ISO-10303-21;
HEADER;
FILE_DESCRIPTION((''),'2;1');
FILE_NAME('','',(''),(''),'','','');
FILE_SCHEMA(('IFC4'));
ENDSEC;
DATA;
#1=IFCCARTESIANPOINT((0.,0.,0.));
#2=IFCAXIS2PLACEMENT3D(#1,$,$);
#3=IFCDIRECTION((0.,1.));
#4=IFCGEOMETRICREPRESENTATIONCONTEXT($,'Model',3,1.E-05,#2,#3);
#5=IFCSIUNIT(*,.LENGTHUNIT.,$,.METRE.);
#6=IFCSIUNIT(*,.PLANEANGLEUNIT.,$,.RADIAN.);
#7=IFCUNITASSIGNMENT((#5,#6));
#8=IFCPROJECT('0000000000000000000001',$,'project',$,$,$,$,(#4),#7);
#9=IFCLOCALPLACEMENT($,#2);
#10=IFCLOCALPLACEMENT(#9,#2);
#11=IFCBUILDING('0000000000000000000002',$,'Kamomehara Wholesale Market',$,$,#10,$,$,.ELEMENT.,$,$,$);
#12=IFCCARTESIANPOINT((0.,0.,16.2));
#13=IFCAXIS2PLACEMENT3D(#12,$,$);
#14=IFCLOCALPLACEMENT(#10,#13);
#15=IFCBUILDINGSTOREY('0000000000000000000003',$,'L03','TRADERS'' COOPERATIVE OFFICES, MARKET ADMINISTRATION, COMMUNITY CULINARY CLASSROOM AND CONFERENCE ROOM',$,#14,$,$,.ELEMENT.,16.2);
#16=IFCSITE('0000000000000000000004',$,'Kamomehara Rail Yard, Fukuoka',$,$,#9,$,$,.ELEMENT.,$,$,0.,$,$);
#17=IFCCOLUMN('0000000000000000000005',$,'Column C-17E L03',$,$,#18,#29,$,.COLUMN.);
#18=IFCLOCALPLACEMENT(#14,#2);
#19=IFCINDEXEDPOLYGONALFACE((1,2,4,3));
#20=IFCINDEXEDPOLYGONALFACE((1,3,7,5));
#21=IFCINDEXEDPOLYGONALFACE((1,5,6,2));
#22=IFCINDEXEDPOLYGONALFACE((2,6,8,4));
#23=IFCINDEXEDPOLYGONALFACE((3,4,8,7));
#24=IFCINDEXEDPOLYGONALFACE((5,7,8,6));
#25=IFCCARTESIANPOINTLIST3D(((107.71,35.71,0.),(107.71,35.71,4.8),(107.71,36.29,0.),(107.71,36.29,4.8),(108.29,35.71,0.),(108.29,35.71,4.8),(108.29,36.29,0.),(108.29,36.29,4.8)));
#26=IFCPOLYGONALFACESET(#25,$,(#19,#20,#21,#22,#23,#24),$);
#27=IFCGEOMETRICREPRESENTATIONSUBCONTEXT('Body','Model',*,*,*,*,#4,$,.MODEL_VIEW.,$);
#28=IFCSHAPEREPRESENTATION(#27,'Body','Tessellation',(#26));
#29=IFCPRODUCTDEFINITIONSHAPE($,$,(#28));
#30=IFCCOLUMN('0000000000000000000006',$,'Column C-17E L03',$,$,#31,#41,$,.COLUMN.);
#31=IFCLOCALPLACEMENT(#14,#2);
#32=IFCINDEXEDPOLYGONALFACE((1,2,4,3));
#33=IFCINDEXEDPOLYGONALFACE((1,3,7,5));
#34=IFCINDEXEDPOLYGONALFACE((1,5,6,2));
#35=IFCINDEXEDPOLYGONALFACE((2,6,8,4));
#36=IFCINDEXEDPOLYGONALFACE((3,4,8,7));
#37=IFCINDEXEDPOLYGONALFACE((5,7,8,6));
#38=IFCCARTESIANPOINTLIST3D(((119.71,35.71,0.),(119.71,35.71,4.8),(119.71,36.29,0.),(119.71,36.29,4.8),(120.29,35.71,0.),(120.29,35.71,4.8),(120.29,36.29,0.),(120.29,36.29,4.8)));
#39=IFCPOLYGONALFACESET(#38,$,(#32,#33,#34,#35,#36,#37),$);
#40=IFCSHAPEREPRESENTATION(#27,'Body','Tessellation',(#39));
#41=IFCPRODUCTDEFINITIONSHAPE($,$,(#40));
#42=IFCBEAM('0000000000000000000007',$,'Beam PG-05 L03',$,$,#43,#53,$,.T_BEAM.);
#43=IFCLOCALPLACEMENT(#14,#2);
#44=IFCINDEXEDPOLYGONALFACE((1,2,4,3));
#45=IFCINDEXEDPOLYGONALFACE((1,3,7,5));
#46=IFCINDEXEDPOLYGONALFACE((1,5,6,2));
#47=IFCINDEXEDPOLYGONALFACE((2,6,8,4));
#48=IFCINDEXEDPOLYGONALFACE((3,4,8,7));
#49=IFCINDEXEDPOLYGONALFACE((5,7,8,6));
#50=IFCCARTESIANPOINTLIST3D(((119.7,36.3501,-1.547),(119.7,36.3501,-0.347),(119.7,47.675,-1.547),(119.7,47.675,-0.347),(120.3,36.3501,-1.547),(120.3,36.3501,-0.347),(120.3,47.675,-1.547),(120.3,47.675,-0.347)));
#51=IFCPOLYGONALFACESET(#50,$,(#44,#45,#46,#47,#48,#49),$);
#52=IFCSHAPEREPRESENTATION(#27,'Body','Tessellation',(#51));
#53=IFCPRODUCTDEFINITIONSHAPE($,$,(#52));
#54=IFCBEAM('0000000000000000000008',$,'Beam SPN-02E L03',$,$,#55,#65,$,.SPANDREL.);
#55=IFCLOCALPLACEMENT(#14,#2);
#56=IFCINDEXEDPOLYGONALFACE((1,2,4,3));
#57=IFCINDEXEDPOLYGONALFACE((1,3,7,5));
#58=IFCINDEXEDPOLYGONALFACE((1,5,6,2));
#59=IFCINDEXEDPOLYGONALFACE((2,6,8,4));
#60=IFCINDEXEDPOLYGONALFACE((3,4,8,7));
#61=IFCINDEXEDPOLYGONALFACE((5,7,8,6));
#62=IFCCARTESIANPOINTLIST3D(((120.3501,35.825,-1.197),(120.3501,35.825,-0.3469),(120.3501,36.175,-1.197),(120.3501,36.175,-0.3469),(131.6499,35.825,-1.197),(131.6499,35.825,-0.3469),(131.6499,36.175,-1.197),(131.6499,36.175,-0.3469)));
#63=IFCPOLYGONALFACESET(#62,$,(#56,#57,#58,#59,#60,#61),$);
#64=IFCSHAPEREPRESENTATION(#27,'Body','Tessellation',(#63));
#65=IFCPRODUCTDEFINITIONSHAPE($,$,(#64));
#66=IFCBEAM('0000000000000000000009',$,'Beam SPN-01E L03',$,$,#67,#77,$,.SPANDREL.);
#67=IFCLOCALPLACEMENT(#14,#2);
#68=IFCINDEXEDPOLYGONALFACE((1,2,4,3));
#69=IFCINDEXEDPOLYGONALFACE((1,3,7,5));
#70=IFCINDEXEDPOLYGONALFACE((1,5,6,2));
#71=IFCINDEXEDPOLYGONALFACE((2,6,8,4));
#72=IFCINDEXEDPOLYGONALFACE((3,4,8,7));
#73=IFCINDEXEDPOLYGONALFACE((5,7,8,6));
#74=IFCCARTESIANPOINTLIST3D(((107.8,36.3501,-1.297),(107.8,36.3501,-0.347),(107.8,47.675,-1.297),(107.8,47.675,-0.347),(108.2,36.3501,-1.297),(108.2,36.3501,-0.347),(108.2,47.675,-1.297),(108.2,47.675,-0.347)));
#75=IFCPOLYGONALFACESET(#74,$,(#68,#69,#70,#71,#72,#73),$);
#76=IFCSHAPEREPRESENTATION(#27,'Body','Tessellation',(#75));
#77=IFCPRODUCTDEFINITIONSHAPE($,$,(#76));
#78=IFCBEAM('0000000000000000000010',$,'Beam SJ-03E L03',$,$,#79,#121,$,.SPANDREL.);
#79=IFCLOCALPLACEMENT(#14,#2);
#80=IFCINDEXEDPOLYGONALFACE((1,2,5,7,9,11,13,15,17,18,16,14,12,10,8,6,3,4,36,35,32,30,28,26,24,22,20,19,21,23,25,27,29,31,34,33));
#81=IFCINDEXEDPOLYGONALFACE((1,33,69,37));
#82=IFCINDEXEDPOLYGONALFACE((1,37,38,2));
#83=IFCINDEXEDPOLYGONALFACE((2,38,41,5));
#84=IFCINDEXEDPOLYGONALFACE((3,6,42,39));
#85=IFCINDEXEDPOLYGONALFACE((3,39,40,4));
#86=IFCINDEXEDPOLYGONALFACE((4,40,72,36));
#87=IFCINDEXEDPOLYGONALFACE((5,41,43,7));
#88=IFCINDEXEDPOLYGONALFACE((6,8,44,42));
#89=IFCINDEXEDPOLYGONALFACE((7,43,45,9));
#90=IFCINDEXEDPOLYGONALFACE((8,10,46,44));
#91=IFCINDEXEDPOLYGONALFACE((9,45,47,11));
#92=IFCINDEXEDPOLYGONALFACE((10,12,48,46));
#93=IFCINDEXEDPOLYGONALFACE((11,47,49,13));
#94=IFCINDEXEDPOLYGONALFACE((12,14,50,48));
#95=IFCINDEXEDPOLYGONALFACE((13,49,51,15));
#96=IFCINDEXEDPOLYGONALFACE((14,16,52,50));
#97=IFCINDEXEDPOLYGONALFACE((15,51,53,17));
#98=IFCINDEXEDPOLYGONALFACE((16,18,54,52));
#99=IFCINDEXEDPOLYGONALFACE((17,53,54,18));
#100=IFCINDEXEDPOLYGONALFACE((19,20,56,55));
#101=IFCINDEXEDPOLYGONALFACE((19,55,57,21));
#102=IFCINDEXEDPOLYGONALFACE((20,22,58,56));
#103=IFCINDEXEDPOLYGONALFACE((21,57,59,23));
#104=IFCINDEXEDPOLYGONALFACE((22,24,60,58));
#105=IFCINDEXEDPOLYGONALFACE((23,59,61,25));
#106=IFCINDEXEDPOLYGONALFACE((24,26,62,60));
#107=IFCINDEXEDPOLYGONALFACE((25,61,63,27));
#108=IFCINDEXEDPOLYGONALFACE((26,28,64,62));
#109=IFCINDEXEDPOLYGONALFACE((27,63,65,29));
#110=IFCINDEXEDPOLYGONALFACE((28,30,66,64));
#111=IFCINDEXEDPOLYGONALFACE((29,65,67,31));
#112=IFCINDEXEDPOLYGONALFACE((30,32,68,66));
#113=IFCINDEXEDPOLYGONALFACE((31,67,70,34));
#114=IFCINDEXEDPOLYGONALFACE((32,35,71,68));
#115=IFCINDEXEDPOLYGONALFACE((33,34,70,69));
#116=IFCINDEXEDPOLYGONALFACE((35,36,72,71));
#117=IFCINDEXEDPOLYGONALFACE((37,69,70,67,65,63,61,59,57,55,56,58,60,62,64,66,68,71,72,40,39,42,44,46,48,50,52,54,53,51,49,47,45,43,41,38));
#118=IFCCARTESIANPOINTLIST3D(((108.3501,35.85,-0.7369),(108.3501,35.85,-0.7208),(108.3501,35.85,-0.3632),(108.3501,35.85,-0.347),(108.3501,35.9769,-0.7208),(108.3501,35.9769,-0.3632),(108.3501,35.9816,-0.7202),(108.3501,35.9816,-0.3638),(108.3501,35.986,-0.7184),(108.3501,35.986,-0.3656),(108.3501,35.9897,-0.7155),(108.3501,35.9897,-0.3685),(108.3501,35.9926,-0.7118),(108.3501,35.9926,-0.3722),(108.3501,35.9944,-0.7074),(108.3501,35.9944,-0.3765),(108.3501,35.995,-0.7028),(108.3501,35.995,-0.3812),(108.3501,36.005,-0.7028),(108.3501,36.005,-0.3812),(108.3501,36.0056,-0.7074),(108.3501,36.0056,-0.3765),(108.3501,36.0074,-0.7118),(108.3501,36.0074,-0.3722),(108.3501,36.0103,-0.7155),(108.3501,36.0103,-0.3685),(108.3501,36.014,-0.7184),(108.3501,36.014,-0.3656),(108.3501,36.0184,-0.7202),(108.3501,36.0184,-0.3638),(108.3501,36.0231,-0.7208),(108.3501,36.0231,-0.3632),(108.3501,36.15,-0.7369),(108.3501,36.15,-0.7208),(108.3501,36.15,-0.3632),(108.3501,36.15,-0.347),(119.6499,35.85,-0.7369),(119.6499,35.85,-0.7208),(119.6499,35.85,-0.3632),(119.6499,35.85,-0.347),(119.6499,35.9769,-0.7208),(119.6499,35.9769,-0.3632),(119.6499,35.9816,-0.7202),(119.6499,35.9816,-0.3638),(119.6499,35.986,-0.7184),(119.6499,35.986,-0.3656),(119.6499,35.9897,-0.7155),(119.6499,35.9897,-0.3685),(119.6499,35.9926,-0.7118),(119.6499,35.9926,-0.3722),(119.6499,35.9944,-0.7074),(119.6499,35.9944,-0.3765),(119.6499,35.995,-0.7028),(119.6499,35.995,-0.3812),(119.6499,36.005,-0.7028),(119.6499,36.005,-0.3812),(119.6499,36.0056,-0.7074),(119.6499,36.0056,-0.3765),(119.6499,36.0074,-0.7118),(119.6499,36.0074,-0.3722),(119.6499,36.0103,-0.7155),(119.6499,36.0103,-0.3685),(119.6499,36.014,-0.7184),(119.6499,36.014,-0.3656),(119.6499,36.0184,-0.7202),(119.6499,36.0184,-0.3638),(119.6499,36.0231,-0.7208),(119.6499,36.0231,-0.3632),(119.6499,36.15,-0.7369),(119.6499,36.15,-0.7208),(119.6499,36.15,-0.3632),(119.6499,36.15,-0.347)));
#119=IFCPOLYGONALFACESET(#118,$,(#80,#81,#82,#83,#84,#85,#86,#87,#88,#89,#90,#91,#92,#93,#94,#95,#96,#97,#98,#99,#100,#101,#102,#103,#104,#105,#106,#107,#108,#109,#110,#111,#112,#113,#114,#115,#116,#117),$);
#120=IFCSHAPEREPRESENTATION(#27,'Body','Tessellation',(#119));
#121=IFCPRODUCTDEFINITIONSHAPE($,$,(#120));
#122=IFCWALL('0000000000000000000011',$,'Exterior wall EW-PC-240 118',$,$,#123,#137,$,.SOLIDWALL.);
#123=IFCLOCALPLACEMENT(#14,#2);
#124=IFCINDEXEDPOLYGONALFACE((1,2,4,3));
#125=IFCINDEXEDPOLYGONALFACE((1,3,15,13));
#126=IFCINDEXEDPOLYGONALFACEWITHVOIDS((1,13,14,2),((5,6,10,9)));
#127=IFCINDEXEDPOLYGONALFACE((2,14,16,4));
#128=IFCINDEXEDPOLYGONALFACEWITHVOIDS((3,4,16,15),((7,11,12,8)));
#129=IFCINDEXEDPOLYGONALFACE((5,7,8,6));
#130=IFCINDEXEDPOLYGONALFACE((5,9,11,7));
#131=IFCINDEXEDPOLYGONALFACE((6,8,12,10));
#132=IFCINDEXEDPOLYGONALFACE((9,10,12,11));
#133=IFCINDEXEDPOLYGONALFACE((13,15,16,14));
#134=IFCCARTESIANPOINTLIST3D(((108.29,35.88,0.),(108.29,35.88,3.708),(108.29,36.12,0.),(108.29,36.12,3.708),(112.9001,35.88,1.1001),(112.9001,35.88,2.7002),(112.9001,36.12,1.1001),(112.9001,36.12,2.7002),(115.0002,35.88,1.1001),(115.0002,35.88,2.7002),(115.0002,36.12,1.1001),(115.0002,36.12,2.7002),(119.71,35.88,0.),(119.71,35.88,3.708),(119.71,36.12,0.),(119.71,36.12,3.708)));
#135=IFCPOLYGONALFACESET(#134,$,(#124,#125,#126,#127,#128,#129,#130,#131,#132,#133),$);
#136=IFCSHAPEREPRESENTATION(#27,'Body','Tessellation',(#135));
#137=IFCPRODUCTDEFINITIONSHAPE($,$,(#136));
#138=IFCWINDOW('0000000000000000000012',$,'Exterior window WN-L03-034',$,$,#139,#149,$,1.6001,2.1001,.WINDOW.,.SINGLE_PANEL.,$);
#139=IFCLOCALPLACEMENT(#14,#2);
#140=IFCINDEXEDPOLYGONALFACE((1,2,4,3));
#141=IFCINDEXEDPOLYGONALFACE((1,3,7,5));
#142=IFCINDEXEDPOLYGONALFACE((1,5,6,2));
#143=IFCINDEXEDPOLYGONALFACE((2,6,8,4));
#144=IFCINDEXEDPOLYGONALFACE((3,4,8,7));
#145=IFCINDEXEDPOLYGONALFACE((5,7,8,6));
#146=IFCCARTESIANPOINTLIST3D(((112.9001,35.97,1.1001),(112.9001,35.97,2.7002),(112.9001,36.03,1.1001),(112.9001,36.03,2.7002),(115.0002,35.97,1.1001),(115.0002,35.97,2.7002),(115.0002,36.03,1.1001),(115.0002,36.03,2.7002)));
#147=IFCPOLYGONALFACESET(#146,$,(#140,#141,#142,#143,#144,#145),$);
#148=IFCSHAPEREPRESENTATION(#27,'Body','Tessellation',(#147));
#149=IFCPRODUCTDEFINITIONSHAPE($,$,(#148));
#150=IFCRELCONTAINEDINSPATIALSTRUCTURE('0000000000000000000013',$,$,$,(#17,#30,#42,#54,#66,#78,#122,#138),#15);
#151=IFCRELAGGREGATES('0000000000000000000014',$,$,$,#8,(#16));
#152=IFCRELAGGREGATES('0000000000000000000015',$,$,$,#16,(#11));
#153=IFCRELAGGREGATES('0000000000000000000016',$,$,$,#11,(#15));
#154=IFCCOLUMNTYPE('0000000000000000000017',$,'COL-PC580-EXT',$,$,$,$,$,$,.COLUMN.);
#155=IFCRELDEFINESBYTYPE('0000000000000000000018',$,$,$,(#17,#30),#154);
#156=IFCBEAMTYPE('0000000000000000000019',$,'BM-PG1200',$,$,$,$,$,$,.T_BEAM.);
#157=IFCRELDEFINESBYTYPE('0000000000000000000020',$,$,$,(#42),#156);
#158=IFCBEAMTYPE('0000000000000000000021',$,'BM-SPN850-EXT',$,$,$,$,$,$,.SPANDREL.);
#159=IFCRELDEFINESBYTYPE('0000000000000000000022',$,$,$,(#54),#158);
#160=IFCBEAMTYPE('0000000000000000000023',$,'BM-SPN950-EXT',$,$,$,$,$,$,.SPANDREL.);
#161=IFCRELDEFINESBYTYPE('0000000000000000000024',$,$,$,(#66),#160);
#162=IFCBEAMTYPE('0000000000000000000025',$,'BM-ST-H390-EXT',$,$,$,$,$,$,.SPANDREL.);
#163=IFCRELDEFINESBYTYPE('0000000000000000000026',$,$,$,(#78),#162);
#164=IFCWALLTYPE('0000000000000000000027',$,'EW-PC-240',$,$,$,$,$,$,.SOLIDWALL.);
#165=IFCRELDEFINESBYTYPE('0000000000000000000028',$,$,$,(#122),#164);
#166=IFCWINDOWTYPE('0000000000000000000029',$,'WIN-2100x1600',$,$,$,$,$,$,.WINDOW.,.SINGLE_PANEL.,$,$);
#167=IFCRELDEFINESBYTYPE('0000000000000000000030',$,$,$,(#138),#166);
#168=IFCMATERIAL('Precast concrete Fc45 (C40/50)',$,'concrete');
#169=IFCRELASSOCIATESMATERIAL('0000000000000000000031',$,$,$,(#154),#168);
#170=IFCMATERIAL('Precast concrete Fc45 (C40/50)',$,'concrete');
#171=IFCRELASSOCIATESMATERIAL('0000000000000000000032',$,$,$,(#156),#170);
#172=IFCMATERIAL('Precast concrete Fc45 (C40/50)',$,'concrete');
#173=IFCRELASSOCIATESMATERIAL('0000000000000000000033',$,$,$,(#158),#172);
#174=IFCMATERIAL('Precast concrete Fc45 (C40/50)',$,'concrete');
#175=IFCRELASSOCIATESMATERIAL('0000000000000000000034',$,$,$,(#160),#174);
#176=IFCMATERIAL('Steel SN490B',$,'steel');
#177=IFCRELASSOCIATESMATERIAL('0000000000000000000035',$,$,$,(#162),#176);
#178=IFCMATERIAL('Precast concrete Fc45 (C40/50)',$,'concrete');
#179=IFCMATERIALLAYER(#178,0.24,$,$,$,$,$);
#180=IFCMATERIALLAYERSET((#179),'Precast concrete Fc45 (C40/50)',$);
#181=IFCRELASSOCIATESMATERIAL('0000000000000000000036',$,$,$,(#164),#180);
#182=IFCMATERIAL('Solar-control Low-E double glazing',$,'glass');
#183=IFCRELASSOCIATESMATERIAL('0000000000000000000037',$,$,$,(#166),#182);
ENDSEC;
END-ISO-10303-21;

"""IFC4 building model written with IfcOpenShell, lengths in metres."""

from ifc_helpers import new_model, si_unit, direction, frame, frame_2d, origin, origin_2d, place, context, subcontext, project, spatial, rectangle, i_section, extrude, material, layer, layer_set, material_profile, profile_set, type_object, element, fill, save


model = new_model("IFC4")

# Units and contexts
model_context = context("Model", 3, precision=1e-05, world=origin(), true_north=direction((0.0, 1.0)))
body_context = subcontext(model_context, "Body", "Model", "MODEL_VIEW")
ifc_project = project(units=[si_unit("LENGTHUNIT", "METRE"), si_unit("PLANEANGLEUNIT", "RADIAN")], contexts=[model_context])

# Site, building, storey
site_placement = place(None, origin())
site = spatial("IfcSite", under=ifc_project, at=site_placement, Name="Kamomehara Rail Yard, Fukuoka", CompositionType="ELEMENT", RefElevation=0.0)
building_placement = place(site_placement, origin())
building = spatial("IfcBuilding", under=site, at=building_placement, Name="Kamomehara Wholesale Market", CompositionType="ELEMENT")
storey_placement = place(building_placement, frame((0.0, 0.0, 16.2)))
storey = spatial("IfcBuildingStorey", under=building, at=storey_placement, Name="L03", Description="TRADERS' COOPERATIVE OFFICES, MARKET ADMINISTRATION, COMMUNITY CULINARY CLASSROOM AND CONFERENCE ROOM", CompositionType="ELEMENT", Elevation=16.2)

# Columns
ifc_material_1 = material(Name="Precast concrete Fc45 (C40/50)", Category="concrete")
ifc_material_profile_1 = material_profile(ifc_material_1, rectangle(XDim=0.5801, YDim=0.5801, at=origin_2d()), Name="PC-COL-580x580")
ifc_profile_set_1 = profile_set([ifc_material_profile_1], Name="Precast concrete Fc45 (C40/50)")
column_type = type_object("IfcColumnType", Name="COL-PC580-EXT", PredefinedType="COLUMN", material=ifc_profile_set_1)
for number, where, z_axis, x_axis, name in (
    (1, (108.0, 36.0, 0.0), (0.0, 0.0, 1.0), (1.0, 0.0, 0.0), "Column C-17E L03"),
    (2, (120.0, 36.0, 0.0), (0.0, 0.0, 1.0), (1.0, 0.0, 0.0), "Column C-17E L03"),
):
    element("IfcColumn", number, at=place(storey_placement, frame(where, z_axis=z_axis, x_axis=x_axis)), inside=storey, type_object=column_type, Name=name, PredefinedType="COLUMN", context=body_context, shape_type="SweptSolid", body=[
        extrude(rectangle(XDim=0.5801, YDim=0.5801, at=origin_2d()), origin(), (0.0, 0.0, 1.0), 4.8),
    ])

# Beams
ifc_material_2 = material(Name="Precast concrete Fc45 (C40/50)", Category="concrete")
ifc_material_profile_2 = material_profile(ifc_material_2, rectangle(XDim=0.6001, YDim=1.2, at=origin_2d()), Name="PC-GRD-600x1200")
ifc_profile_set_2 = profile_set([ifc_material_profile_2], Name="Precast concrete Fc45 (C40/50)")
beam_type_1 = type_object("IfcBeamType", Name="BM-PG1200", PredefinedType="T_BEAM", material=ifc_profile_set_2)
beam_1_placement = place(storey_placement, frame((120.0, 36.3501, -0.947), z_axis=(0.0, 1.0, 0.0), x_axis=(-1.0, 0.0, 0.0)))
element("IfcBeam", 3, at=beam_1_placement, inside=storey, type_object=beam_type_1, Name="Beam PG-05 L03", PredefinedType="T_BEAM", context=body_context, shape_type="SweptSolid", body=[
    extrude(rectangle(XDim=0.6001, YDim=1.2, at=origin_2d()), origin(), (0.0, 0.0, 1.0), 11.325),
])
ifc_material_3 = material(Name="Precast concrete Fc45 (C40/50)", Category="concrete")
ifc_material_profile_3 = material_profile(ifc_material_3, rectangle(XDim=0.3501, YDim=0.8501, at=origin_2d()), Name="PC-SPN-350x850")
ifc_profile_set_3 = profile_set([ifc_material_profile_3], Name="Precast concrete Fc45 (C40/50)")
beam_type_2 = type_object("IfcBeamType", Name="BM-SPN850-EXT", PredefinedType="SPANDREL", material=ifc_profile_set_3)
beam_2_placement = place(storey_placement, frame((120.3501, 36.0, -0.772), z_axis=(1.0, 0.0, 0.0), x_axis=(0.0, 1.0, 0.0)))
element("IfcBeam", 4, at=beam_2_placement, inside=storey, type_object=beam_type_2, Name="Beam SPN-02E L03", PredefinedType="SPANDREL", context=body_context, shape_type="SweptSolid", body=[
    extrude(rectangle(XDim=0.3501, YDim=0.8501, at=origin_2d()), origin(), (0.0, 0.0, 1.0), 11.2998),
])
ifc_material_4 = material(Name="Precast concrete Fc45 (C40/50)", Category="concrete")
ifc_material_profile_4 = material_profile(ifc_material_4, rectangle(XDim=0.3999, YDim=0.95, at=origin_2d()), Name="PC-SPN-400x950")
ifc_profile_set_4 = profile_set([ifc_material_profile_4], Name="Precast concrete Fc45 (C40/50)")
beam_type_3 = type_object("IfcBeamType", Name="BM-SPN950-EXT", PredefinedType="SPANDREL", material=ifc_profile_set_4)
beam_3_placement = place(storey_placement, frame((108.0, 36.3501, -0.822), z_axis=(0.0, 1.0, 0.0), x_axis=(-1.0, 0.0, 0.0)))
element("IfcBeam", 5, at=beam_3_placement, inside=storey, type_object=beam_type_3, Name="Beam SPN-01E L03", PredefinedType="SPANDREL", context=body_context, shape_type="SweptSolid", body=[
    extrude(rectangle(XDim=0.3999, YDim=0.95, at=origin_2d()), origin(), (0.0, 0.0, 1.0), 11.325),
])
ifc_material_5 = material(Name="Steel SN490B", Category="steel")
ifc_material_profile_5 = material_profile(ifc_material_5, i_section(OverallWidth=0.3, OverallDepth=0.3899, WebThickness=0.01, FlangeThickness=0.0161, FilletRadius=0.0181, at=origin_2d()), Name="H-390x300x10x16")
ifc_profile_set_5 = profile_set([ifc_material_profile_5], Name="Steel SN490B")
beam_type_4 = type_object("IfcBeamType", Name="BM-ST-H390-EXT", PredefinedType="SPANDREL", material=ifc_profile_set_5)
beam_4_placement = place(storey_placement, frame((108.3501, 36.0, -0.542), z_axis=(1.0, 0.0, 0.0), x_axis=(0.0, 1.0, 0.0)))
element("IfcBeam", 6, at=beam_4_placement, inside=storey, type_object=beam_type_4, Name="Beam SJ-03E L03", PredefinedType="SPANDREL", context=body_context, shape_type="SweptSolid", body=[
    extrude(i_section(OverallWidth=0.3, OverallDepth=0.3899, WebThickness=0.01, FlangeThickness=0.0161, FilletRadius=0.0181, at=origin_2d()), origin(), (0.0, 0.0, 1.0), 11.2998),
])

# Wall, opening, window
ifc_material_6 = material(Name="Precast concrete Fc45 (C40/50)", Category="concrete")
ifc_layer_1 = layer(ifc_material_6, 0.24)
ifc_layer_set_1 = layer_set([ifc_layer_1], Name="Precast concrete Fc45 (C40/50)")
wall_type_1 = type_object("IfcWallType", Name="EW-PC-240", PredefinedType="SOLIDWALL", material=ifc_layer_set_1)
wall_1_placement = place(storey_placement, frame((108.29, 36.0, 0.0), z_axis=(0.0, 0.0, 1.0), x_axis=(1.0, 0.0, 0.0)))
wall_1 = element("IfcWall", 7, at=wall_1_placement, inside=storey, type_object=wall_type_1, Name="Exterior wall EW-PC-240 118", PredefinedType="SOLIDWALL", context=body_context, shape_type="SweptSolid", body=[
    extrude(rectangle(XDim=11.4199, YDim=0.24, at=frame_2d((5.71, 0.0))), origin(), (0.0, 0.0, 1.0), 3.708),
])
opening_1_placement = place(wall_1_placement, frame((4.6101, 0.0, 1.1001)))
opening_1 = element("IfcOpeningElement", 8, at=opening_1_placement, cuts=wall_1, PredefinedType="OPENING", context=body_context, shape_type="SweptSolid", body=[
    extrude(rectangle(XDim=2.1001, YDim=1.6001, at=frame_2d((1.05, 0.8))), frame((0.0, 0.1348, 0.0), z_axis=(0.0, -1.0, 0.0), x_axis=(1.0, 0.0, 0.0)), (0.0, 0.0, 1.0), 0.2698),
])
ifc_material_7 = material(Name="Solar-control Low-E double glazing", Category="glass")
window_type = type_object("IfcWindowType", Name="WIN-2100x1600", PartitioningType="SINGLE_PANEL", PredefinedType="WINDOW", material=ifc_material_7)
window_placement = place(opening_1_placement, origin())
window = element("IfcWindow", 9, at=window_placement, inside=storey, type_object=window_type, Name="Exterior window WN-L03-034", OverallHeight=1.6001, OverallWidth=2.1001, PartitioningType="SINGLE_PANEL", PredefinedType="WINDOW", context=body_context, shape_type="SweptSolid", body=[
    extrude(rectangle(XDim=2.1001, YDim=1.6001, at=frame_2d((1.05, 0.8))), frame((0.0, 0.03, 0.0), z_axis=(0.0, -1.0, 0.0), x_axis=(1.0, 0.0, 0.0)), (0.0, 0.0, 1.0), 0.0601),
])
fill(opening_1, window)

save(model, "model.ifc")
